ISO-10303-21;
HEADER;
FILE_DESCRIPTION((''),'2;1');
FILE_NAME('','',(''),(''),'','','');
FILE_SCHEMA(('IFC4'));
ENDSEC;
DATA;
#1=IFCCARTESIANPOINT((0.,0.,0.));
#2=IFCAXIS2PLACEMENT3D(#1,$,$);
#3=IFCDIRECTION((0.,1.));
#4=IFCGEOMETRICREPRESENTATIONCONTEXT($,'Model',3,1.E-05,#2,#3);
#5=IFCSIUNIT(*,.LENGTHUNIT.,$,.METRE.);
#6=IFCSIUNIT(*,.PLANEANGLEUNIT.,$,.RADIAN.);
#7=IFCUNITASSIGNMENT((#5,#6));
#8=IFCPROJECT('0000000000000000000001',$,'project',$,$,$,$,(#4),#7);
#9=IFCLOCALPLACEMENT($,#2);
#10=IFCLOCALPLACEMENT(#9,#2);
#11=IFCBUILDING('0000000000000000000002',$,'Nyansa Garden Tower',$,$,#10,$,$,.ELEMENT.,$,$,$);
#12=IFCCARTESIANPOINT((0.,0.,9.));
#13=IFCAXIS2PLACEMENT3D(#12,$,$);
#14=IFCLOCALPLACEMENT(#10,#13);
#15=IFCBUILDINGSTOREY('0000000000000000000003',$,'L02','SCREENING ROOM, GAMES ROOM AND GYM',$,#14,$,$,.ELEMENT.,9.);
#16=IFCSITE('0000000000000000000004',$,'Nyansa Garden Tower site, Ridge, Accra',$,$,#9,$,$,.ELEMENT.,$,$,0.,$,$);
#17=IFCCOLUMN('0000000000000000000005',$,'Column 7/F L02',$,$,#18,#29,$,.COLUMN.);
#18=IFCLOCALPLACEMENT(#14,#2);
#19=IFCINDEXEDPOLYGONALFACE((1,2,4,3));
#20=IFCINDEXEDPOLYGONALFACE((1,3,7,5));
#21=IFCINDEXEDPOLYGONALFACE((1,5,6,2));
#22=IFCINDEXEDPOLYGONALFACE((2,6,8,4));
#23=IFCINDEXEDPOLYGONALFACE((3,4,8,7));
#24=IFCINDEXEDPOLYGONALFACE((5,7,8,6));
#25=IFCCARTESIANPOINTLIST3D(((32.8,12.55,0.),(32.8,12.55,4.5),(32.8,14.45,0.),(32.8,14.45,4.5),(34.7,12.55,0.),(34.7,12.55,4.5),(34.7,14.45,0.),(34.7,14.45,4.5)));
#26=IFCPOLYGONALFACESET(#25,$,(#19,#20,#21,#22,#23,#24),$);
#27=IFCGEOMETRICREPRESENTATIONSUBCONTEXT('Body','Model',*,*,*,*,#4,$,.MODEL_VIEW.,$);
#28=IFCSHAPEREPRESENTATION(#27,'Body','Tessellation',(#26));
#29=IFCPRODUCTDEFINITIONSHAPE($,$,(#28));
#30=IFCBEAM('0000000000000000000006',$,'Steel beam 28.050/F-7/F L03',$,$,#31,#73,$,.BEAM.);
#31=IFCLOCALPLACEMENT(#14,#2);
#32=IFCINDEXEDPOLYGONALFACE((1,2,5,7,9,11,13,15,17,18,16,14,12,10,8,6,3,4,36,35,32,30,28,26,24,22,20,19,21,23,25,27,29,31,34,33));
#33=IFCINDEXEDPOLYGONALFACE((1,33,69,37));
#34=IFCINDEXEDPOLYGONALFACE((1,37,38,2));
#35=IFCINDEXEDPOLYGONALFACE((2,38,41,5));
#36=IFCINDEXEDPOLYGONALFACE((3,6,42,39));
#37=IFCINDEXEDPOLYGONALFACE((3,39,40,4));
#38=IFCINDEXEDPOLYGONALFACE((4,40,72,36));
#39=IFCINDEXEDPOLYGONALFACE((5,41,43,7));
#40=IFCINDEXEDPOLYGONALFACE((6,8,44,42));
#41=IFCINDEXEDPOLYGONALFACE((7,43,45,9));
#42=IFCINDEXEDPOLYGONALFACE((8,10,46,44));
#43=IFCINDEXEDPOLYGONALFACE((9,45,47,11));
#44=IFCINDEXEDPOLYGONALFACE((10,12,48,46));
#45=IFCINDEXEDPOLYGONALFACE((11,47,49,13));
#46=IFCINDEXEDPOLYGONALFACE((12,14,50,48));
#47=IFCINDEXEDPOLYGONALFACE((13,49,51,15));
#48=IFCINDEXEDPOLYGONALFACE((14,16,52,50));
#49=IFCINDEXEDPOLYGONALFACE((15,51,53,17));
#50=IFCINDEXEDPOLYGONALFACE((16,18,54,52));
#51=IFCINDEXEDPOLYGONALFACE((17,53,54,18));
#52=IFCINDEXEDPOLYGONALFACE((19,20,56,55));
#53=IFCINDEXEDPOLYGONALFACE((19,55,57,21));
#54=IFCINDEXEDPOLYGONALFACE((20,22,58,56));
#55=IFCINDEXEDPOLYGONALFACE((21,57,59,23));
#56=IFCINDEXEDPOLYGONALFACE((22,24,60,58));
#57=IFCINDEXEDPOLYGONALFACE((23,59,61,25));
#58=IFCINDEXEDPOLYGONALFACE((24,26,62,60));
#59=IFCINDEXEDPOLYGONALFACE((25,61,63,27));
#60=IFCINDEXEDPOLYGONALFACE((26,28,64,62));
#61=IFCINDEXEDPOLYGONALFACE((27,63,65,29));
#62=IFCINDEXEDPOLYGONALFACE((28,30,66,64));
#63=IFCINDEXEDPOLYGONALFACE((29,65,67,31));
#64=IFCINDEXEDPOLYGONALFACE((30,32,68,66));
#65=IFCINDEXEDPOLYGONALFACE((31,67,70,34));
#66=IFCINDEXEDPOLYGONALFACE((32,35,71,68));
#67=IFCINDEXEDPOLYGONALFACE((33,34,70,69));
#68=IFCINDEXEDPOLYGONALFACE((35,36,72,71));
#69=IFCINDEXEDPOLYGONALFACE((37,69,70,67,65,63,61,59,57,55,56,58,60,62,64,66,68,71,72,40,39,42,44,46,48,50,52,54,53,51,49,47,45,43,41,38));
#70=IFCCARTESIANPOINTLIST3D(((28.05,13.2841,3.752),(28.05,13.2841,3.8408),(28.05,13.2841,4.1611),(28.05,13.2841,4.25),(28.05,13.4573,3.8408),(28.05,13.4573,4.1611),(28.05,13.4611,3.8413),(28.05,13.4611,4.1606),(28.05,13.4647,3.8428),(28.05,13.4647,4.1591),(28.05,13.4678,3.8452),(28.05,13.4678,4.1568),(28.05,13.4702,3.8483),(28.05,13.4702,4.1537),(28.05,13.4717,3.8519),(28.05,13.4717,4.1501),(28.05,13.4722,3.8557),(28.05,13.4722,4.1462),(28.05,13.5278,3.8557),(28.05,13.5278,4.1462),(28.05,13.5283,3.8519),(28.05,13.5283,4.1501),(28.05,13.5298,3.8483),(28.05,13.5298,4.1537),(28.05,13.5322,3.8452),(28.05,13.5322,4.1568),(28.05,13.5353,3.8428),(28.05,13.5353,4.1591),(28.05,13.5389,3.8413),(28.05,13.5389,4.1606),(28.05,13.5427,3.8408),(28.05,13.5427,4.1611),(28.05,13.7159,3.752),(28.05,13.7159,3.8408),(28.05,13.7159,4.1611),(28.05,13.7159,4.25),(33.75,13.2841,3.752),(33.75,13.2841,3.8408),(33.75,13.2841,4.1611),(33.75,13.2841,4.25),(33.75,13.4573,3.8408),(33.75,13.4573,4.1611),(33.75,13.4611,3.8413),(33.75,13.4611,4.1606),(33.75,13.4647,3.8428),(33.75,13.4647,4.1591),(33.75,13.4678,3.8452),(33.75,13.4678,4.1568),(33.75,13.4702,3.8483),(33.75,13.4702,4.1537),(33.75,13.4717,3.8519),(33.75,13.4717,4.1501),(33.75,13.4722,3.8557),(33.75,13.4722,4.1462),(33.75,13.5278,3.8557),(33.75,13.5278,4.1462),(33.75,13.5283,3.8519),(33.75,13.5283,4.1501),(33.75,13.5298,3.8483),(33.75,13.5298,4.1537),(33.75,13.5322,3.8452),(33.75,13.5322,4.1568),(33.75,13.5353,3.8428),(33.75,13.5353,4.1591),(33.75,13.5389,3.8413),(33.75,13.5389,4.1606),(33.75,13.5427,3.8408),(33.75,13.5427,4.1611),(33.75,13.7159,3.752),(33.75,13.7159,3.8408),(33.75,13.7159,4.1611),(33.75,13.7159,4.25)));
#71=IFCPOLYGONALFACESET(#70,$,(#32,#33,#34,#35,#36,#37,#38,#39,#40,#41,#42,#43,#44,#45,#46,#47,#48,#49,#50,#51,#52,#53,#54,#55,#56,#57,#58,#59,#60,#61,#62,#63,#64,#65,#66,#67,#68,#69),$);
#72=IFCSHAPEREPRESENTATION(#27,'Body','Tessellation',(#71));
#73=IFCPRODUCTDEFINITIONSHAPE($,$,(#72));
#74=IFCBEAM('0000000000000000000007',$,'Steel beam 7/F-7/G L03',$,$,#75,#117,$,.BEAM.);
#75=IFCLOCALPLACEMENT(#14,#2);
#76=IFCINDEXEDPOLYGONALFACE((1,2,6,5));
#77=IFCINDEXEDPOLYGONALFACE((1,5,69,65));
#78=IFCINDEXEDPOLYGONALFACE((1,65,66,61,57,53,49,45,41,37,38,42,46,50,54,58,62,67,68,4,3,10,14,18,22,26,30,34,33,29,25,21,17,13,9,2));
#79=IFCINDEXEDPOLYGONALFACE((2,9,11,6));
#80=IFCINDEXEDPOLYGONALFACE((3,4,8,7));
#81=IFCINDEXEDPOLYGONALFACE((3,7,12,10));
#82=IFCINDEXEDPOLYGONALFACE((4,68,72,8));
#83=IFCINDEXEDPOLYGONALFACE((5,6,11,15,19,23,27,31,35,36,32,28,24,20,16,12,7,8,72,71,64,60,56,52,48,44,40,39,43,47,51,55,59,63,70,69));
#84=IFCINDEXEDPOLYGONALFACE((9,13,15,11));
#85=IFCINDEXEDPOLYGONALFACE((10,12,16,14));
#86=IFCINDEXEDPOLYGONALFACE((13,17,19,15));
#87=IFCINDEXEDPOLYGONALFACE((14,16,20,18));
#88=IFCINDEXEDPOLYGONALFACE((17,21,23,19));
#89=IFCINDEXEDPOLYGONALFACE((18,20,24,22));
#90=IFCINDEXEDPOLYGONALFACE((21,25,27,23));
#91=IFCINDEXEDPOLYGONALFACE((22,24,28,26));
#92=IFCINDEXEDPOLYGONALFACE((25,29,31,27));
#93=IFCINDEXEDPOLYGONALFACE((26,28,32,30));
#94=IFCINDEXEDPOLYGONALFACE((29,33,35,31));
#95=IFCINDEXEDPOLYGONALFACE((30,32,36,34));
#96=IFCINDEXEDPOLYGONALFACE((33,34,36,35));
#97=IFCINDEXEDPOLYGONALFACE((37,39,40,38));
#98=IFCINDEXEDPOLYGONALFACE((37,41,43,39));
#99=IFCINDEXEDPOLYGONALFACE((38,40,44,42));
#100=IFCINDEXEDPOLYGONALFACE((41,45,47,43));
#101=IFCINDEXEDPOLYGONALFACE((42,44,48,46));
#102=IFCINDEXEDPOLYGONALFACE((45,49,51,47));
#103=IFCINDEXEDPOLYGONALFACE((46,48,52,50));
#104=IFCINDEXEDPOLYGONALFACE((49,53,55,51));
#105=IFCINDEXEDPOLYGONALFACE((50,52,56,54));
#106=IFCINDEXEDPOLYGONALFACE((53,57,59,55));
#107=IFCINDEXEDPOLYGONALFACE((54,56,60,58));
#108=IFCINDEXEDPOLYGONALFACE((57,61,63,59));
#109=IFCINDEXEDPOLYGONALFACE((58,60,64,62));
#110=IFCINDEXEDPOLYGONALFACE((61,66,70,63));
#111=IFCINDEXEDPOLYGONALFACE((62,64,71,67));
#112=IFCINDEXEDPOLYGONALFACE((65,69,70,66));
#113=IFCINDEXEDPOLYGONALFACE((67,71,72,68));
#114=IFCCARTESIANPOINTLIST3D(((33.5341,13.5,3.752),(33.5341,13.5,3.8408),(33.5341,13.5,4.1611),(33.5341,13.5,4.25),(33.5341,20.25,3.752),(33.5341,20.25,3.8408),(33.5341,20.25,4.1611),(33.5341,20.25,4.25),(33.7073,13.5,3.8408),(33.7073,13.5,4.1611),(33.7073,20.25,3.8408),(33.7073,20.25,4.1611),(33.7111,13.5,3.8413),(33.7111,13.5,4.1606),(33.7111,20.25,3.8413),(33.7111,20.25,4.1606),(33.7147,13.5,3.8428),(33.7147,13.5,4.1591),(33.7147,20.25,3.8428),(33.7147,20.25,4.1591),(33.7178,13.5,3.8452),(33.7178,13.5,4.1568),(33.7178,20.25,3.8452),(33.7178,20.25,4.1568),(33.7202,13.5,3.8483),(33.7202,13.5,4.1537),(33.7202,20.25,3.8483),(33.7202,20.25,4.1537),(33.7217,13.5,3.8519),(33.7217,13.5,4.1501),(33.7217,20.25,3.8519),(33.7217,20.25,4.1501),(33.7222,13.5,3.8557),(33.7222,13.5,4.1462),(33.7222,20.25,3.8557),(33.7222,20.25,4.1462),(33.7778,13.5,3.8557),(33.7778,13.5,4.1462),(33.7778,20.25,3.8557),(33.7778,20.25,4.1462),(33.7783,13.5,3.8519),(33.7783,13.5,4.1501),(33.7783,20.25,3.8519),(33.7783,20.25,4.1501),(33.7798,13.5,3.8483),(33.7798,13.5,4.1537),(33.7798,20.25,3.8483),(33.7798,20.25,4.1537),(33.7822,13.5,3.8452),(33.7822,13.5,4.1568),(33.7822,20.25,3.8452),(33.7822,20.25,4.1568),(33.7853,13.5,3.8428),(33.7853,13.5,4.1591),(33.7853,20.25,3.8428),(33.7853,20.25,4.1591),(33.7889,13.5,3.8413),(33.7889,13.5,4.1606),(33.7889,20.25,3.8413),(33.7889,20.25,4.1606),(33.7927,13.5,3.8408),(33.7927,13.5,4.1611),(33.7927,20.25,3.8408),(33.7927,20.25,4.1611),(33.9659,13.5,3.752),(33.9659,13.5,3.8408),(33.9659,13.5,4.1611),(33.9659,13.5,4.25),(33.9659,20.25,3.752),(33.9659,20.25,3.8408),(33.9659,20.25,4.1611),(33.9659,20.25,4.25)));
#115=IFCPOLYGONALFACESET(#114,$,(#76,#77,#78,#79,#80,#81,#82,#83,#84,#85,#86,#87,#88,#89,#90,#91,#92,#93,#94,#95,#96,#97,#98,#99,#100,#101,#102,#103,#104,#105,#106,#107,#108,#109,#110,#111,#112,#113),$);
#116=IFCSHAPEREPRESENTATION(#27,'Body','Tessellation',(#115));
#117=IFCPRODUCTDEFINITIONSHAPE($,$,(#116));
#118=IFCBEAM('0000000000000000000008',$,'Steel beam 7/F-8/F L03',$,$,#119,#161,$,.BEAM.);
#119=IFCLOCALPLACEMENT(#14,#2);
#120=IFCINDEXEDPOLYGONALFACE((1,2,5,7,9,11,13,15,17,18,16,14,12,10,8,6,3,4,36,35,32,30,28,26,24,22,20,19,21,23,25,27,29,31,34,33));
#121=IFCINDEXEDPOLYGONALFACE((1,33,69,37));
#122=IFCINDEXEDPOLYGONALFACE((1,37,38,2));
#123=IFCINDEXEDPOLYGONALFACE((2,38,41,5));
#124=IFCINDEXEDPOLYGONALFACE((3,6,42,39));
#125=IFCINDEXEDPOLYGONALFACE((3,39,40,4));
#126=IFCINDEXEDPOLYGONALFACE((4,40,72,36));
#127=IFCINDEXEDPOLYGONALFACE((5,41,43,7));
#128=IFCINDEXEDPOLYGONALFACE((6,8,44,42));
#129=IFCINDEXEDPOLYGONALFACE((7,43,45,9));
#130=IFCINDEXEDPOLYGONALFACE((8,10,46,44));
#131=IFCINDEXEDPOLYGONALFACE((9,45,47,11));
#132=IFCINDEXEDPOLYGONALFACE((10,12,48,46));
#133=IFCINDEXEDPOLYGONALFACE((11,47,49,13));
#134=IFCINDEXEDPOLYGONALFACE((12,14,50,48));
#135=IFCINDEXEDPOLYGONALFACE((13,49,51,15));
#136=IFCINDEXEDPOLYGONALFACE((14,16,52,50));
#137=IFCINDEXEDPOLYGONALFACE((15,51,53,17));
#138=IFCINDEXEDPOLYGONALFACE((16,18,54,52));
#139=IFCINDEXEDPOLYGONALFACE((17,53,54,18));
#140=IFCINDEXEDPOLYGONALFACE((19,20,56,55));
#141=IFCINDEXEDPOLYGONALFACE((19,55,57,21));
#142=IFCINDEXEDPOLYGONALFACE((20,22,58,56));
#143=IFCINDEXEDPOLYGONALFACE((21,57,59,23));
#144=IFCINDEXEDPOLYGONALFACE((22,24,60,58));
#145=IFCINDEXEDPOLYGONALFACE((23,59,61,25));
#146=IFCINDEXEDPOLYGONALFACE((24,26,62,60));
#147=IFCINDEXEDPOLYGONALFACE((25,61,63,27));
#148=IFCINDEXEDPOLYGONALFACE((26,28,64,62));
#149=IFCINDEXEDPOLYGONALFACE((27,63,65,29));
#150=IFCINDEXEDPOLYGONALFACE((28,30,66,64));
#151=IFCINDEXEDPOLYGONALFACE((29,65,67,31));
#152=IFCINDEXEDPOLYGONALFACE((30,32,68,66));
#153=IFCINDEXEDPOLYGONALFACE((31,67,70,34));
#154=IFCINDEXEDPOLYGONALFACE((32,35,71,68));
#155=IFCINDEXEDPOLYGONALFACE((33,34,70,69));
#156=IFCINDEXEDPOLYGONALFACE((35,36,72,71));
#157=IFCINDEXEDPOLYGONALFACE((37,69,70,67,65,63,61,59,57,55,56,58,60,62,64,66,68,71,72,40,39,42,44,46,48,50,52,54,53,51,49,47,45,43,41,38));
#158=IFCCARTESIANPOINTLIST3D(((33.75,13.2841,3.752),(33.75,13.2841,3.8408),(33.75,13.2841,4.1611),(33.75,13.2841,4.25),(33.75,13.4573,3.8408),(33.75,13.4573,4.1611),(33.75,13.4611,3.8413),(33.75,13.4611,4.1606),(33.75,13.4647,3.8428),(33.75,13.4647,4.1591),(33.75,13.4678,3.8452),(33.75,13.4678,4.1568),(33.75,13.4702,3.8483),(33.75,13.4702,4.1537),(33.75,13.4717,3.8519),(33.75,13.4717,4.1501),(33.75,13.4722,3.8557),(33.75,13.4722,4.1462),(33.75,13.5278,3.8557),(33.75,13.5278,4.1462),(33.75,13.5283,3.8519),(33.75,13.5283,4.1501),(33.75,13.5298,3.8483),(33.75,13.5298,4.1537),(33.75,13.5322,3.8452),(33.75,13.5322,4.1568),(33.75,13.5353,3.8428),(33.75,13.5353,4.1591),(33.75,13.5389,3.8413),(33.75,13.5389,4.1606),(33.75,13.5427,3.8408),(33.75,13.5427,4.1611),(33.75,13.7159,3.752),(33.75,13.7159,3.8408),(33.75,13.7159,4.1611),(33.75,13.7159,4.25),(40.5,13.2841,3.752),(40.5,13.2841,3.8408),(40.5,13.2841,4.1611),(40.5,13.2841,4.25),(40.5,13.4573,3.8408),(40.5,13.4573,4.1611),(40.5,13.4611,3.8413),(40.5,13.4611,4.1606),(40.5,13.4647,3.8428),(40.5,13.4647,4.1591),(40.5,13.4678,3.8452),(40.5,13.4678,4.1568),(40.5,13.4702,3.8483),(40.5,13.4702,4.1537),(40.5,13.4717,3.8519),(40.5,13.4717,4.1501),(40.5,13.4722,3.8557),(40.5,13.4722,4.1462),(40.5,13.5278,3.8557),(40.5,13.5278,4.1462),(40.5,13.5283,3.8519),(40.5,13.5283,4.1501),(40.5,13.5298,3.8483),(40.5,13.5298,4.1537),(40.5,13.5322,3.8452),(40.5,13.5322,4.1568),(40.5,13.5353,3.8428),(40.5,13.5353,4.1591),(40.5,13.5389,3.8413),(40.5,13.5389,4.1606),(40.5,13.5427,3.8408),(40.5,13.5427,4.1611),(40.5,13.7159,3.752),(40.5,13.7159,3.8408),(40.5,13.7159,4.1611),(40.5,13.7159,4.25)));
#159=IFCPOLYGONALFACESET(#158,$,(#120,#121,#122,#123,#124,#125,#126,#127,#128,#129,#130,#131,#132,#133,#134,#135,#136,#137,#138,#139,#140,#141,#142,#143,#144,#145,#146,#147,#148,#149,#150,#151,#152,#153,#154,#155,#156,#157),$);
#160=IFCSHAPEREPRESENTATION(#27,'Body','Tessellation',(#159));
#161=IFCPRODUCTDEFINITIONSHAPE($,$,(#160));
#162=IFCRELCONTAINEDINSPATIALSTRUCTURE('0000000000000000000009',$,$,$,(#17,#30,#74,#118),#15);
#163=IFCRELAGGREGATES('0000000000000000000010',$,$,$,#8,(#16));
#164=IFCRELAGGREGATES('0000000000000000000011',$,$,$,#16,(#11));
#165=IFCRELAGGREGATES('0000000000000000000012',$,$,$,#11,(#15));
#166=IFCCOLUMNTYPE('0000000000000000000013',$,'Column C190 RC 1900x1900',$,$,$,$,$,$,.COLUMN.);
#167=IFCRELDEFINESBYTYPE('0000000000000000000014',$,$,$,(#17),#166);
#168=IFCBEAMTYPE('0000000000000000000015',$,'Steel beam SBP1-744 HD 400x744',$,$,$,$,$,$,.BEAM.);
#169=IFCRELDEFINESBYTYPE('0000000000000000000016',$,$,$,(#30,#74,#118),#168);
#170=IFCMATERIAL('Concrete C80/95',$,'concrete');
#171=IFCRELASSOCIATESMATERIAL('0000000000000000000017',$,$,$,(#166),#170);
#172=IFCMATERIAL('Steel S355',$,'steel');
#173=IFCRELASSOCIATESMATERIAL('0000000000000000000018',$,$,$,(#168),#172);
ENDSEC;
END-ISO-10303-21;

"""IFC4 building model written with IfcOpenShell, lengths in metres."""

from ifc_helpers import new_model, si_unit, direction, frame, origin, origin_2d, place, context, subcontext, project, spatial, rectangle, i_section, extrude, material, material_profile, profile_set, type_object, element, save


model = new_model("IFC4")

# Units and contexts
model_context = context("Model", 3, precision=1e-05, world=origin(), true_north=direction((0.0, 1.0)))
body_context = subcontext(model_context, "Body", "Model", "MODEL_VIEW")
ifc_project = project(units=[si_unit("LENGTHUNIT", "METRE"), si_unit("PLANEANGLEUNIT", "RADIAN")], contexts=[model_context])

# Site, building, storey
site_placement = place(None, origin())
site = spatial("IfcSite", under=ifc_project, at=site_placement, Name="Nyansa Garden Tower site, Ridge, Accra", CompositionType="ELEMENT", RefElevation=0.0)
building_placement = place(site_placement, origin())
building = spatial("IfcBuilding", under=site, at=building_placement, Name="Nyansa Garden Tower", CompositionType="ELEMENT")
storey_placement = place(building_placement, frame((0.0, 0.0, 9.0)))
storey = spatial("IfcBuildingStorey", under=building, at=storey_placement, Name="L02", Description="SCREENING ROOM, GAMES ROOM AND GYM", CompositionType="ELEMENT", Elevation=9.0)

# Column
ifc_material_1 = material(Name="Concrete C80/95", Category="concrete")
ifc_material_profile_1 = material_profile(ifc_material_1, rectangle(XDim=1.8999, YDim=1.8999, at=origin_2d()), Name="RC 1900x1900")
ifc_profile_set_1 = profile_set([ifc_material_profile_1], Name="Concrete C80/95")
column_type = type_object("IfcColumnType", Name="Column C190 RC 1900x1900", PredefinedType="COLUMN", material=ifc_profile_set_1)
column_placement = place(storey_placement, frame((33.75, 13.5, 0.0), z_axis=(0.0, 0.0, 1.0), x_axis=(1.0, 0.0, 0.0)))
element("IfcColumn", 1, at=column_placement, inside=storey, type_object=column_type, Name="Column 7/F L02", PredefinedType="COLUMN", context=body_context, shape_type="SweptSolid", body=[
    extrude(rectangle(XDim=1.8999, YDim=1.8999, at=origin_2d()), origin(), (0.0, 0.0, 1.0), 4.5),
])

# Beams
ifc_material_2 = material(Name="Steel S355", Category="steel")
ifc_material_profile_2 = material_profile(ifc_material_2, i_section(OverallWidth=0.4319, OverallDepth=0.498, WebThickness=0.0557, FlangeThickness=0.0889, FilletRadius=0.0149, at=origin_2d()), Name="HD 400x744")
ifc_profile_set_2 = profile_set([ifc_material_profile_2], Name="Steel S355")
beam_type_1 = type_object("IfcBeamType", Name="Steel beam SBP1-744 HD 400x744", PredefinedType="BEAM", material=ifc_profile_set_2)
beam_1_placement = place(storey_placement, frame((28.05, 13.5, 4.001), z_axis=(1.0, 0.0, 0.0), x_axis=(0.0, 1.0, 0.0)))
element("IfcBeam", 2, at=beam_1_placement, inside=storey, type_object=beam_type_1, Name="Steel beam 28.050/F-7/F L03", PredefinedType="BEAM", context=body_context, shape_type="SweptSolid", body=[
    extrude(i_section(OverallWidth=0.4319, OverallDepth=0.498, WebThickness=0.0557, FlangeThickness=0.0889, FilletRadius=0.0149, at=origin_2d()), origin(), (0.0, 0.0, 1.0), 5.7),
])
for number, where, z_axis, x_axis, name in (
    (3, (33.75, 13.5, 4.001), (0.0, 1.0, 0.0), (-1.0, 0.0, 0.0), "Steel beam 7/F-7/G L03"),
    (4, (33.75, 13.5, 4.001), (1.0, 0.0, 0.0), (0.0, 1.0, 0.0), "Steel beam 7/F-8/F L03"),
):
    element("IfcBeam", number, at=place(storey_placement, frame(where, z_axis=z_axis, x_axis=x_axis)), inside=storey, type_object=beam_type_1, Name=name, PredefinedType="BEAM", context=body_context, shape_type="SweptSolid", body=[
        extrude(i_section(OverallWidth=0.4319, OverallDepth=0.498, WebThickness=0.0557, FlangeThickness=0.0889, FilletRadius=0.0149, at=origin_2d()), origin(), (0.0, 0.0, 1.0), 6.75),
    ])

save(model, "model.ifc")
